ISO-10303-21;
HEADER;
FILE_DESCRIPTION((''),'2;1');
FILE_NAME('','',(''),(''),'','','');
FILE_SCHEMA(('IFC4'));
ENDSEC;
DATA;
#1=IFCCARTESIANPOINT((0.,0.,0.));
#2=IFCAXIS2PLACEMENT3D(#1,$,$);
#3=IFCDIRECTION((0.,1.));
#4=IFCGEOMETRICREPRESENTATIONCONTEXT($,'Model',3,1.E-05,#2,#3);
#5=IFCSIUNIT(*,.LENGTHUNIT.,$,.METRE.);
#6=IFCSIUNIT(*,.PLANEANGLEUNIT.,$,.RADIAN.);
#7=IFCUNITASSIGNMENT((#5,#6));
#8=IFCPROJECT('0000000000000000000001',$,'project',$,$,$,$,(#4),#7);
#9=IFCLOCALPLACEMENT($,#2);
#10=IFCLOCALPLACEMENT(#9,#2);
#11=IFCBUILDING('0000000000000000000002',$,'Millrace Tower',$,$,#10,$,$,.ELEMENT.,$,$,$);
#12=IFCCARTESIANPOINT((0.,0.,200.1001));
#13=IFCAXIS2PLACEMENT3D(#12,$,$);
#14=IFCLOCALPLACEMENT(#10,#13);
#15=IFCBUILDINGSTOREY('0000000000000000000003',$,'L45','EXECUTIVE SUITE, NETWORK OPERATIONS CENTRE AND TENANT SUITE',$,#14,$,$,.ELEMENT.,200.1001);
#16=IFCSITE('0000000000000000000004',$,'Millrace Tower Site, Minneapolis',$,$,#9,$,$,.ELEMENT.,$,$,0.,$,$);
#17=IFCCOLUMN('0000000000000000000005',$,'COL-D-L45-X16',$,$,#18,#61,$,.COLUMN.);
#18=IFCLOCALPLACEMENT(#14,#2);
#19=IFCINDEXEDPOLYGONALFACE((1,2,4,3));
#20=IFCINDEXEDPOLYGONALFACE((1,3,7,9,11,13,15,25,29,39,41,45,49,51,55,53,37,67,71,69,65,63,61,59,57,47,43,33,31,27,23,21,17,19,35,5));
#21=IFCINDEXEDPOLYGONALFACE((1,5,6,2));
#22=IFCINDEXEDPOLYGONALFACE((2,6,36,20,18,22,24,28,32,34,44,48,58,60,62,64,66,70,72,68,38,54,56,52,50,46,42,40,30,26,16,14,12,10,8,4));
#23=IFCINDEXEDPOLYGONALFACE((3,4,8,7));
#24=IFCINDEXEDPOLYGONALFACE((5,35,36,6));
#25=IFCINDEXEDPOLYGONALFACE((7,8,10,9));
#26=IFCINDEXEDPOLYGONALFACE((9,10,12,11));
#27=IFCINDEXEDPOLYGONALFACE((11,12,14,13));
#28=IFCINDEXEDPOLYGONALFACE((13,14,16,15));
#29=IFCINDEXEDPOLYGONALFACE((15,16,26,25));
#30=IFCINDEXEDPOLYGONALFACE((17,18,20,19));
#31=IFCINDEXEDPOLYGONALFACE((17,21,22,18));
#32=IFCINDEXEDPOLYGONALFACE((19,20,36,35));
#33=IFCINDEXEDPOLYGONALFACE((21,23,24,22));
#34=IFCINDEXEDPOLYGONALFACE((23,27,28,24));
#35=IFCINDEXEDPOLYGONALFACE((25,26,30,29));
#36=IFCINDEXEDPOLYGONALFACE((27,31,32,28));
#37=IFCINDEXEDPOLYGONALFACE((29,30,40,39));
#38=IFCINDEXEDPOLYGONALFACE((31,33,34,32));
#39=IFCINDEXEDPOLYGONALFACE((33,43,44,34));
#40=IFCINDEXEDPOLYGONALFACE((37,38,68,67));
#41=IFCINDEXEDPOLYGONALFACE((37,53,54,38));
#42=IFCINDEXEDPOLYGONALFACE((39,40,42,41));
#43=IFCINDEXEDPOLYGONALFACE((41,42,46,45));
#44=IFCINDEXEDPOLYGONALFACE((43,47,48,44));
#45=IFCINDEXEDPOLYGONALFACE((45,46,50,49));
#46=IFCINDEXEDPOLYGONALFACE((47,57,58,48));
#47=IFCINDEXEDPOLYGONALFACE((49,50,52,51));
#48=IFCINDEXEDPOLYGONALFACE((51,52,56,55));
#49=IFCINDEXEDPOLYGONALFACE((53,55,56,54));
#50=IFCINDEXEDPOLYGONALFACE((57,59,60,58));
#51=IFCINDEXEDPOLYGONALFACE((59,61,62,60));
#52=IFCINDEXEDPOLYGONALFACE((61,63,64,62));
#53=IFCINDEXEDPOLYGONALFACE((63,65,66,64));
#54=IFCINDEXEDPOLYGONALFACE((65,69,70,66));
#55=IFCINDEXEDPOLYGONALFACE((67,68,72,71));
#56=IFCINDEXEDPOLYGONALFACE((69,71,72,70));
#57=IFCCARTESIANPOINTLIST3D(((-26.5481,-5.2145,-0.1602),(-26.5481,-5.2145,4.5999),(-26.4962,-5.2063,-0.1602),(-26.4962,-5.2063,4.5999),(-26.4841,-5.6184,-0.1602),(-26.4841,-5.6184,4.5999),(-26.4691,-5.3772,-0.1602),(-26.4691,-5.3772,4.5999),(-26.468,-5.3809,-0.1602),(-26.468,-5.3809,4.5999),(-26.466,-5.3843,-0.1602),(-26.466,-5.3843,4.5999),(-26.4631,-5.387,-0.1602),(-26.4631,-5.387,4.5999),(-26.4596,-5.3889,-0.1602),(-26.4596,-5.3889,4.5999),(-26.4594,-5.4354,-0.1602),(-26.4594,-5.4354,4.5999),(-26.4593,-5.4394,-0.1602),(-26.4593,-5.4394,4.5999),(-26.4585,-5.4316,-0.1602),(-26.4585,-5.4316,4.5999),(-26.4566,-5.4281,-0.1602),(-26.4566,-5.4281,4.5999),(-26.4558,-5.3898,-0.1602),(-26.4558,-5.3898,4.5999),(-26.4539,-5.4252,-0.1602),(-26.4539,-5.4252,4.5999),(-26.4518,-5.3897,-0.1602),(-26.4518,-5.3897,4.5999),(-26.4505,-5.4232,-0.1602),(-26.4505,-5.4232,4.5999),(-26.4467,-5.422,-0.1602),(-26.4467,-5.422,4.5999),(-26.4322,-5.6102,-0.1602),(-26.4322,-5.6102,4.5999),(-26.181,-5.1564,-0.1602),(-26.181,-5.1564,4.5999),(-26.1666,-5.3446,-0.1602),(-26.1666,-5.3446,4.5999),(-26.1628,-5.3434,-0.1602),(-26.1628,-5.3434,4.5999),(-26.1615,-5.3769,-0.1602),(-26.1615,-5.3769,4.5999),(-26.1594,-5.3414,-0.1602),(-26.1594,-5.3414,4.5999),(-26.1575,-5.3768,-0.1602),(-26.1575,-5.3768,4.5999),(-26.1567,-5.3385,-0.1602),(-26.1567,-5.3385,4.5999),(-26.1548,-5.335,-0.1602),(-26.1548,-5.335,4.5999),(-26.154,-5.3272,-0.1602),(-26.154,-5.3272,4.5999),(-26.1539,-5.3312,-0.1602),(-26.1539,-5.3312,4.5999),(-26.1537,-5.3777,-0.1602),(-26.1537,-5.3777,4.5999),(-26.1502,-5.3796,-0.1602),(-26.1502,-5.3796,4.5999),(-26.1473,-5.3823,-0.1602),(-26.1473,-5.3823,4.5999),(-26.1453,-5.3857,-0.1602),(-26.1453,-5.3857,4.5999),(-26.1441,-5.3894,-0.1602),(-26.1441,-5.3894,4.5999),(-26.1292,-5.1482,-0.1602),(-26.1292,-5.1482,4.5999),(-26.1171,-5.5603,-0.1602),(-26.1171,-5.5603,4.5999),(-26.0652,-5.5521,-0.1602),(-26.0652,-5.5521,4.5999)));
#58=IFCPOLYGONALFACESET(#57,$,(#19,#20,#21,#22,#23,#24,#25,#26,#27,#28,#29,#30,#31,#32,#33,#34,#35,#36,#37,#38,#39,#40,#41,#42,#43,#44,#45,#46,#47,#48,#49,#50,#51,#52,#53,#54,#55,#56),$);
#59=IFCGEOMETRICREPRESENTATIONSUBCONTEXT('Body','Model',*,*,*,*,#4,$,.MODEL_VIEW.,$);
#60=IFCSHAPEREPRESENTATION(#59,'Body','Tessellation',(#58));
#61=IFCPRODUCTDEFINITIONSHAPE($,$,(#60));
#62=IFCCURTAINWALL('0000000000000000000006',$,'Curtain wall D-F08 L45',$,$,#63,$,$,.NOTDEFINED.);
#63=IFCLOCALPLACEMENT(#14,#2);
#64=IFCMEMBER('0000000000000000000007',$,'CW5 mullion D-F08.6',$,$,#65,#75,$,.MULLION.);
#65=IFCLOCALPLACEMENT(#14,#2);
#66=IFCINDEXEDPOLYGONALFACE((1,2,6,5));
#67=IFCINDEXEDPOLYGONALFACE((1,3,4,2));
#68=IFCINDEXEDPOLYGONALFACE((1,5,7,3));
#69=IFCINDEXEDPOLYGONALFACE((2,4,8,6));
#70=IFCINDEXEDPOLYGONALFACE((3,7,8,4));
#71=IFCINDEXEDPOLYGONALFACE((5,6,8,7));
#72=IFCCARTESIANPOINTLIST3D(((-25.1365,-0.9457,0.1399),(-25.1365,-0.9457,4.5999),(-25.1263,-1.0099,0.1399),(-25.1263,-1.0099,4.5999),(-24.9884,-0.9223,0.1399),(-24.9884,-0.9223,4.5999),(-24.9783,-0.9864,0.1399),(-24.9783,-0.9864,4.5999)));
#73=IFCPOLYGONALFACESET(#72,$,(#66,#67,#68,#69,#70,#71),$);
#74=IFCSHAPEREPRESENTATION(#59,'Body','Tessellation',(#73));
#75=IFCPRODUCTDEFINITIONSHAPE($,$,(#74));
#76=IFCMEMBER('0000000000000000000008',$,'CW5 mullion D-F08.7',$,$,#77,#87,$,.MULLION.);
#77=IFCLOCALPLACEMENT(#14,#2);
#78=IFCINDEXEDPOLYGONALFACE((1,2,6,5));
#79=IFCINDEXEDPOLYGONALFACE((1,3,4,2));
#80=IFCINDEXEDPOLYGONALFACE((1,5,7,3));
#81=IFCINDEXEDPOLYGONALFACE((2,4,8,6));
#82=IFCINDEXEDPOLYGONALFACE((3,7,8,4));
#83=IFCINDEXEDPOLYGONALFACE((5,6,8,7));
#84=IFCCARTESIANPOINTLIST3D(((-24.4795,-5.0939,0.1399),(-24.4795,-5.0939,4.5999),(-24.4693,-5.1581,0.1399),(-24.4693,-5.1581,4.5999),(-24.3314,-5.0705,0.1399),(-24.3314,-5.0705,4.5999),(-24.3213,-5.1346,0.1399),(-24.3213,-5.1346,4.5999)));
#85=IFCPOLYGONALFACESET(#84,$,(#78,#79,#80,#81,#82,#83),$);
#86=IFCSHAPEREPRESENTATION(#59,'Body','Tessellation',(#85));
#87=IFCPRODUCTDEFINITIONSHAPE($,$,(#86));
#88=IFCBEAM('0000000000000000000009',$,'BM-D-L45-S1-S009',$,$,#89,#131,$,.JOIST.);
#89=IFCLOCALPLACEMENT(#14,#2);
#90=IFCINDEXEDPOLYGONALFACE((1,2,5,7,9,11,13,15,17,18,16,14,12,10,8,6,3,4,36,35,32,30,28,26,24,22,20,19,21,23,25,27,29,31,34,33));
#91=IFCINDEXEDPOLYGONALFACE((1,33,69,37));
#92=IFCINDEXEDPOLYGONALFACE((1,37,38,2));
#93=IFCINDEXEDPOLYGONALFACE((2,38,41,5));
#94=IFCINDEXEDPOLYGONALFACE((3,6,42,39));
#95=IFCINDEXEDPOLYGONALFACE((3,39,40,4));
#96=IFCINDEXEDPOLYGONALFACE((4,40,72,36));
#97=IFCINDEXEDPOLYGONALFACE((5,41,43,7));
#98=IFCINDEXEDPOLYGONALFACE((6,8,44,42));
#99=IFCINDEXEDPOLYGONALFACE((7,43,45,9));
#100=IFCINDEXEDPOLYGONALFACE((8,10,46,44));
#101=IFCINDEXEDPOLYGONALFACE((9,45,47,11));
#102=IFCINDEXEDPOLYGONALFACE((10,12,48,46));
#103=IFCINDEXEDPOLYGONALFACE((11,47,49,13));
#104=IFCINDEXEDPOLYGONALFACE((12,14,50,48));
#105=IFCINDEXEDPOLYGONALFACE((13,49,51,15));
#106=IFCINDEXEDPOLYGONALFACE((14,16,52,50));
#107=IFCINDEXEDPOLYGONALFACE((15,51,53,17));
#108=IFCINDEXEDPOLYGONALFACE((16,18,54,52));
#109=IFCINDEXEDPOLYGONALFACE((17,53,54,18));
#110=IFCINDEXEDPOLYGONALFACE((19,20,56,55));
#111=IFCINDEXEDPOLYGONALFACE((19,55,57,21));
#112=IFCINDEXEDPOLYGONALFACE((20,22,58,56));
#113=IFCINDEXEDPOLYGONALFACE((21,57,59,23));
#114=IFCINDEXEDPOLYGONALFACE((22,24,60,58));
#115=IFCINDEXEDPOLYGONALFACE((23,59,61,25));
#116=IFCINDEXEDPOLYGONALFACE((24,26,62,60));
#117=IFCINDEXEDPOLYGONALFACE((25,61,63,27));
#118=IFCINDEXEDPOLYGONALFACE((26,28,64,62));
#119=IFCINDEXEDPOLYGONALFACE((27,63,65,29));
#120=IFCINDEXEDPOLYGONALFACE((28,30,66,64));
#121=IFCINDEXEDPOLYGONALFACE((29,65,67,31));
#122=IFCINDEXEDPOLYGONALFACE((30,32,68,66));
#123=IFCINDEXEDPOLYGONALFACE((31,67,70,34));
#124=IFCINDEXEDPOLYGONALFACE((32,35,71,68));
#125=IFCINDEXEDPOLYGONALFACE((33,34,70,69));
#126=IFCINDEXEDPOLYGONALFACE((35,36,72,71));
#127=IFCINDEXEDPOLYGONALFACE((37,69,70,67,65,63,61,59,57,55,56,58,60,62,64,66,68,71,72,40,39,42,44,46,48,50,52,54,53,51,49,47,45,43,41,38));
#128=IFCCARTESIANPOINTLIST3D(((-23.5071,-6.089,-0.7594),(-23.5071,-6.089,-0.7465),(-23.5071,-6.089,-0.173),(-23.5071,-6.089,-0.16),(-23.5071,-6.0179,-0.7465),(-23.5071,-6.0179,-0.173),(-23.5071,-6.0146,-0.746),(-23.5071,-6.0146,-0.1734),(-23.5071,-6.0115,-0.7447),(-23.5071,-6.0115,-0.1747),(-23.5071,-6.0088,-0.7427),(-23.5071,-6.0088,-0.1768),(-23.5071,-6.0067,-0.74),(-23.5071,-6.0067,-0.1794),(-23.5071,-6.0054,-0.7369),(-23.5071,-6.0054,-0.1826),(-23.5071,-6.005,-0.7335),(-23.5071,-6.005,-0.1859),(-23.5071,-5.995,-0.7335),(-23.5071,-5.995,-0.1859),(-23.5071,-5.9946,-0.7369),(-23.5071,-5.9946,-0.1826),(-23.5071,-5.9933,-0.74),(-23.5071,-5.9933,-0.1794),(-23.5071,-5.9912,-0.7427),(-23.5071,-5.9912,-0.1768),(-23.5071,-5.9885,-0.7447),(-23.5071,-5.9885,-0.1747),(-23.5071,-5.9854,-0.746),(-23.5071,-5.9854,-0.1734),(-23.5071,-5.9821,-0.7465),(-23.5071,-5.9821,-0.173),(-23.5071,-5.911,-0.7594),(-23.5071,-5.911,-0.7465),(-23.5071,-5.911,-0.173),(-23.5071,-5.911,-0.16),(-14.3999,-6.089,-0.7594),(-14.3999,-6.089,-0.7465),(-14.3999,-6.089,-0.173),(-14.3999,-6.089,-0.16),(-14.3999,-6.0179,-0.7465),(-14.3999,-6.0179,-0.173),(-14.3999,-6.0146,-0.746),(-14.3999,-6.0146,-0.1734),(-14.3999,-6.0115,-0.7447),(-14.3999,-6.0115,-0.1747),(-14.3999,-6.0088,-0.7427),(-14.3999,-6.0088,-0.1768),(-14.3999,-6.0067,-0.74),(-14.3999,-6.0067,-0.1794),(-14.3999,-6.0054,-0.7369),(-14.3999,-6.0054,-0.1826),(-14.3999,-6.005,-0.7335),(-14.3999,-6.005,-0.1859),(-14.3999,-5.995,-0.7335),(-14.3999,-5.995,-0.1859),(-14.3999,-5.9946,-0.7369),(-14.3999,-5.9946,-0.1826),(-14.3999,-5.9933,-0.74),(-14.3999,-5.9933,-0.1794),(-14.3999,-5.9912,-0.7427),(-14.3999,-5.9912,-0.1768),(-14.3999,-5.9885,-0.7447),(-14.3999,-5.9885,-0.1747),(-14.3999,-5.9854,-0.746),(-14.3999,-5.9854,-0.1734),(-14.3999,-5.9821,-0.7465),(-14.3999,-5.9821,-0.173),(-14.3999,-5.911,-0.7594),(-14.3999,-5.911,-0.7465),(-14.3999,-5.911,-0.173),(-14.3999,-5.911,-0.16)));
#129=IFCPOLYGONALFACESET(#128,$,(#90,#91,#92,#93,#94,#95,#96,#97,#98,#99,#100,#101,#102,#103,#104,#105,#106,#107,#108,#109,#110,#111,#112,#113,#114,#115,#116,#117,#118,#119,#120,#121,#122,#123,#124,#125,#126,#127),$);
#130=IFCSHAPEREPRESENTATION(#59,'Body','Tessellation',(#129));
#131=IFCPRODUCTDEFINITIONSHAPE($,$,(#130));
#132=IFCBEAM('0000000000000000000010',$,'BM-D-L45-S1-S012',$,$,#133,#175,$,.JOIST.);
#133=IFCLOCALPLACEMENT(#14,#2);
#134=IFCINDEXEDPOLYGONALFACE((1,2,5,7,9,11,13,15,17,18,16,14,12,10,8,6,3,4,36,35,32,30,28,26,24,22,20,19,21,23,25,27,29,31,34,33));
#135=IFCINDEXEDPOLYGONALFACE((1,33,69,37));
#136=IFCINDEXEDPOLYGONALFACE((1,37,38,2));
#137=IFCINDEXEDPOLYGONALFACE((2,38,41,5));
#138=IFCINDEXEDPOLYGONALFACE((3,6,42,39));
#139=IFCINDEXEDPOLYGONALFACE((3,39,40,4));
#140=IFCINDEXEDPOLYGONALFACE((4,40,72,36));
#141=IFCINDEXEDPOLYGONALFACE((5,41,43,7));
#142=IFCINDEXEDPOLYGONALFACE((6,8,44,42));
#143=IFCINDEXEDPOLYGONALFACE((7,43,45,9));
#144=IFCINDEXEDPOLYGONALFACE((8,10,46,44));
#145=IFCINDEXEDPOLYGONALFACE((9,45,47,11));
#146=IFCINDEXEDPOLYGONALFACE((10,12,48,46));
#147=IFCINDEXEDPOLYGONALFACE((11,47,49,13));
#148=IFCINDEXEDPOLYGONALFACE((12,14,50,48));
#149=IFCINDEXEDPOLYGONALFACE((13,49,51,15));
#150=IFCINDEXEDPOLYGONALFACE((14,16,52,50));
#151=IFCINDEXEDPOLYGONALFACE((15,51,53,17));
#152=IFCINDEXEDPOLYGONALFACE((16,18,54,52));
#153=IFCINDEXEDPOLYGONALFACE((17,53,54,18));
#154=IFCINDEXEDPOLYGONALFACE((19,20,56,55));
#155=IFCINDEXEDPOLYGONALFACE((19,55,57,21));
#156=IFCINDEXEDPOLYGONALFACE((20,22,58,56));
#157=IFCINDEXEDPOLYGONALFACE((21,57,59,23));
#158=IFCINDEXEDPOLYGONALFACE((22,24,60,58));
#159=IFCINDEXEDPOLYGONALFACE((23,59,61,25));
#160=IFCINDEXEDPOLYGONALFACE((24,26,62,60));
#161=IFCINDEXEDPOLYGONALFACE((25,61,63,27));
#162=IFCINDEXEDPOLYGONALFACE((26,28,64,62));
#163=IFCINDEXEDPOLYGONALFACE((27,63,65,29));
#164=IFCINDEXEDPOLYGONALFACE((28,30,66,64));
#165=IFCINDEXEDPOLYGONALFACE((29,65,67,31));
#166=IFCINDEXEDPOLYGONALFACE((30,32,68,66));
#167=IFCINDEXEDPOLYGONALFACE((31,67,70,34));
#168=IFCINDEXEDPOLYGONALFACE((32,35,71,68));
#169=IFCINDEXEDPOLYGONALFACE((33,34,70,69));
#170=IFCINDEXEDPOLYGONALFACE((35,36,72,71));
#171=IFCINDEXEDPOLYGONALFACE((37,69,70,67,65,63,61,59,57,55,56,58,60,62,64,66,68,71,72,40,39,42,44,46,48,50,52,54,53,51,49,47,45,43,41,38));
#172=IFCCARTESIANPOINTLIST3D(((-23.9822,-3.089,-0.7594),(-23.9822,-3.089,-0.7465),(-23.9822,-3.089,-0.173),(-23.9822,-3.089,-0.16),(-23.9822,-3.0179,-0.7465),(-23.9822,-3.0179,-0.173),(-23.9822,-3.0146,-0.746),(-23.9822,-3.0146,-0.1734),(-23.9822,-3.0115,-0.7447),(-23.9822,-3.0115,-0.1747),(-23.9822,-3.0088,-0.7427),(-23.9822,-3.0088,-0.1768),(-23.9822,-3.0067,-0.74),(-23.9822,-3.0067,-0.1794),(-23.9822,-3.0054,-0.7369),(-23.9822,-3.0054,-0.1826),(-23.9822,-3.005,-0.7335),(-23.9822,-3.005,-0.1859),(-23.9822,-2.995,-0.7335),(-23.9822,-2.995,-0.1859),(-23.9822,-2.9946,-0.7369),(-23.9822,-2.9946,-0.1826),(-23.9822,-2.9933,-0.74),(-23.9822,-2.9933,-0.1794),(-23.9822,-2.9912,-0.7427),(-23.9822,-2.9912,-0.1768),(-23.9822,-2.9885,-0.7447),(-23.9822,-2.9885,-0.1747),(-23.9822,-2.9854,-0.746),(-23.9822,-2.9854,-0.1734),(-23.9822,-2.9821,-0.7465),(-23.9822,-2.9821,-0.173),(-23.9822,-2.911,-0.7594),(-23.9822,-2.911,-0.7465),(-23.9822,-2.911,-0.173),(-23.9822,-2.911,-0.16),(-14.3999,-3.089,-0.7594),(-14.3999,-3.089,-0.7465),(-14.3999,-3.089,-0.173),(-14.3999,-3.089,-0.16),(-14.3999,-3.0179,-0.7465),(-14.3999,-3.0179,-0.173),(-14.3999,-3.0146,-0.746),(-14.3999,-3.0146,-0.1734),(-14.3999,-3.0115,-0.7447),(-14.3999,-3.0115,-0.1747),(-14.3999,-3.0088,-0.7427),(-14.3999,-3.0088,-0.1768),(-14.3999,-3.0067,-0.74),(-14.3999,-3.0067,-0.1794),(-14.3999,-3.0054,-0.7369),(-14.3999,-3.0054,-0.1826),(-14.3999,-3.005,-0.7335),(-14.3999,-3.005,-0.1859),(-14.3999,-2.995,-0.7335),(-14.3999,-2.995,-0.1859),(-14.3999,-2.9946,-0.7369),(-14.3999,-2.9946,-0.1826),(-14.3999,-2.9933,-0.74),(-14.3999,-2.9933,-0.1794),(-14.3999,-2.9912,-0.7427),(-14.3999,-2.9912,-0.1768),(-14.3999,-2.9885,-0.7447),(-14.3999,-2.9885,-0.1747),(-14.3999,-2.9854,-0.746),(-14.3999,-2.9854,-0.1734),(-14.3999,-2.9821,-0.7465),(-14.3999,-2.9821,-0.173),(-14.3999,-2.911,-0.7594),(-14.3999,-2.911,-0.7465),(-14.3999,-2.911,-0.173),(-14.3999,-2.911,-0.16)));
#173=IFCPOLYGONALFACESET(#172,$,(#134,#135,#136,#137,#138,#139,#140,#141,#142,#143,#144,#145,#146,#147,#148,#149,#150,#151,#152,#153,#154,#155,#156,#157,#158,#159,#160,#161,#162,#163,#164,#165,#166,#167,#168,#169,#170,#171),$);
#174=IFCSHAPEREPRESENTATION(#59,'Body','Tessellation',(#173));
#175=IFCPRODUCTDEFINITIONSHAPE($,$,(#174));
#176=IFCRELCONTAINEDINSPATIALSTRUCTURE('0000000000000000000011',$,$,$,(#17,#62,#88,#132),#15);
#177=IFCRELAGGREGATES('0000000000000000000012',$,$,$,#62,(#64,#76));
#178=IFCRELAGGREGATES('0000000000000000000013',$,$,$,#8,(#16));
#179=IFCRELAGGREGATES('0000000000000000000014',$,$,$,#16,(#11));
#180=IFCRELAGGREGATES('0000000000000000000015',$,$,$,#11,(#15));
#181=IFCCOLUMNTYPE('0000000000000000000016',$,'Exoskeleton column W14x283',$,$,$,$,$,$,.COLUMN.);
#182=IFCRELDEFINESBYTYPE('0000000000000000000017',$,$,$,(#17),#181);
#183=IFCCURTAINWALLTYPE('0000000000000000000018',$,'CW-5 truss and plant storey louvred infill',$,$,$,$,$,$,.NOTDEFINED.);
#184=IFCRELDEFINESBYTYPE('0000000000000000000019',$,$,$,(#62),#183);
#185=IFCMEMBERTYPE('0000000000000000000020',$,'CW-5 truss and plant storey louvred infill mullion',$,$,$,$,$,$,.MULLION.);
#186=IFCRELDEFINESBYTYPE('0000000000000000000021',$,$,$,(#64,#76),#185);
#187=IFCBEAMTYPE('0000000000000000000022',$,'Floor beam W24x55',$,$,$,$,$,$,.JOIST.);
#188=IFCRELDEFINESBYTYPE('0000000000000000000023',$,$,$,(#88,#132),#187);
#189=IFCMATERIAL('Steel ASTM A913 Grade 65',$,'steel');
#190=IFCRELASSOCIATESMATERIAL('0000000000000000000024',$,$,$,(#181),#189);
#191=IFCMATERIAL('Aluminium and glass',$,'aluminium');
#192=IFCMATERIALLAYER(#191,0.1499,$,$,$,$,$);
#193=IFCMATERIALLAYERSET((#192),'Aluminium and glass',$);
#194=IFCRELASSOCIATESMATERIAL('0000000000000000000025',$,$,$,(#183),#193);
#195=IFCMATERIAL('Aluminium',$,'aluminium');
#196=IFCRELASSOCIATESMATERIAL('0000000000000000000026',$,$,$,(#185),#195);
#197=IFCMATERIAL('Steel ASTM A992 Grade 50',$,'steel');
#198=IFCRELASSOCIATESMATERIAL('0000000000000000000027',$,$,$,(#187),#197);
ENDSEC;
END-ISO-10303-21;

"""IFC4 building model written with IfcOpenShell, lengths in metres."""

from ifc_helpers import new_model, si_unit, direction, frame, origin, origin_2d, place, context, subcontext, project, spatial, rectangle, i_section, extrude, material, layer, layer_set, material_profile, profile_set, type_object, element, aggregate, save


model = new_model("IFC4")

# Units and contexts
model_context = context("Model", 3, precision=1e-05, world=origin(), true_north=direction((0.0, 1.0)))
body_context = subcontext(model_context, "Body", "Model", "MODEL_VIEW")
ifc_project = project(units=[si_unit("LENGTHUNIT", "METRE"), si_unit("PLANEANGLEUNIT", "RADIAN")], contexts=[model_context])

# Site, building, storey
site_placement = place(None, origin())
site = spatial("IfcSite", under=ifc_project, at=site_placement, Name="Millrace Tower Site, Minneapolis", CompositionType="ELEMENT", RefElevation=0.0)
building_placement = place(site_placement, origin())
building = spatial("IfcBuilding", under=site, at=building_placement, Name="Millrace Tower", CompositionType="ELEMENT")
storey_placement = place(building_placement, frame((0.0, 0.0, 200.1001)))
storey = spatial("IfcBuildingStorey", under=building, at=storey_placement, Name="L45", Description="EXECUTIVE SUITE, NETWORK OPERATIONS CENTRE AND TENANT SUITE", CompositionType="ELEMENT", Elevation=200.1001)

# Column
ifc_material_1 = material(Name="Steel ASTM A913 Grade 65", Category="steel")
ifc_material_profile_1 = material_profile(ifc_material_1, i_section(OverallWidth=0.4089, OverallDepth=0.4241, WebThickness=0.0327, FlangeThickness=0.0525, FilletRadius=0.0151, at=origin_2d()))
ifc_profile_set_1 = profile_set([ifc_material_profile_1], Name="Steel ASTM A913 Grade 65")
column_type = type_object("IfcColumnType", Name="Exoskeleton column W14x283", PredefinedType="COLUMN", material=ifc_profile_set_1)
column_placement = place(storey_placement, frame((-26.3066, -5.3833, -0.1602), z_axis=(0.0, 0.0, 1.0), x_axis=(0.156434, -0.987688, 0.0)))
element("IfcColumn", 1, at=column_placement, inside=storey, type_object=column_type, Name="COL-D-L45-X16", PredefinedType="COLUMN", context=body_context, shape_type="SweptSolid", body=[
    extrude(i_section(OverallWidth=0.4089, OverallDepth=0.4241, WebThickness=0.0327, FlangeThickness=0.0525, FilletRadius=0.0151, at=origin_2d()), origin(), (0.0, 0.0, 1.0), 4.76),
])

# Curtain wall, members
ifc_material_2 = material(Name="Aluminium and glass", Category="aluminium")
ifc_layer_1 = layer(ifc_material_2, 0.1499)
ifc_layer_set_1 = layer_set([ifc_layer_1], Name="Aluminium and glass")
curtain_wall_type = type_object("IfcCurtainWallType", Name="CW-5 truss and plant storey louvred infill", PredefinedType="NOTDEFINED", material=ifc_layer_set_1)
curtain_wall_placement = place(storey_placement, origin())
curtain_wall = element("IfcCurtainWall", 2, at=curtain_wall_placement, inside=storey, type_object=curtain_wall_type, Name="Curtain wall D-F08 L45", PredefinedType="NOTDEFINED")
ifc_material_3 = material(Name="Aluminium", Category="aluminium")
ifc_material_profile_2 = material_profile(ifc_material_3, rectangle(XDim=0.0649, YDim=0.1499, at=origin_2d()))
ifc_profile_set_2 = profile_set([ifc_material_profile_2], Name="Aluminium")
member_type_1 = type_object("IfcMemberType", Name="CW-5 truss and plant storey louvred infill mullion", PredefinedType="MULLION", material=ifc_profile_set_2)
member_1_placement = place(storey_placement, frame((-25.0574, -0.9661, 0.1399), z_axis=(0.0, 0.0, 1.0), x_axis=(0.156434, -0.987688, 0.0)))
member_1 = element("IfcMember", 3, at=member_1_placement, type_object=member_type_1, Name="CW5 mullion D-F08.6", PredefinedType="MULLION", context=body_context, shape_type="SweptSolid", body=[
    extrude(rectangle(XDim=0.0649, YDim=0.1499, at=origin_2d()), origin(), (0.0, 0.0, 1.0), 4.46),
])
member_2_placement = place(storey_placement, frame((-24.4004, -5.1143, 0.1399), z_axis=(0.0, 0.0, 1.0), x_axis=(0.156434, -0.987688, 0.0)))
member_2 = element("IfcMember", 4, at=member_2_placement, type_object=member_type_1, Name="CW5 mullion D-F08.7", PredefinedType="MULLION", context=body_context, shape_type="SweptSolid", body=[
    extrude(rectangle(XDim=0.0649, YDim=0.1499, at=origin_2d()), origin(), (0.0, 0.0, 1.0), 4.46),
])
aggregate(curtain_wall, [member_1, member_2])

# Beams
ifc_material_4 = material(Name="Steel ASTM A992 Grade 50", Category="steel")
ifc_material_profile_3 = material_profile(ifc_material_4, i_section(OverallWidth=0.178, OverallDepth=0.5994, WebThickness=0.01, FlangeThickness=0.0129, FilletRadius=0.0129, at=origin_2d()))
ifc_profile_set_3 = profile_set([ifc_material_profile_3], Name="Steel ASTM A992 Grade 50")
beam_type_1 = type_object("IfcBeamType", Name="Floor beam W24x55", PredefinedType="JOIST", material=ifc_profile_set_3)
beam_1_placement = place(storey_placement, frame((-23.5071, -6.0, -0.4597), z_axis=(1.0, 0.0, 0.0), x_axis=(0.0, 1.0, 0.0)))
element("IfcBeam", 5, at=beam_1_placement, inside=storey, type_object=beam_type_1, Name="BM-D-L45-S1-S009", PredefinedType="JOIST", context=body_context, shape_type="SweptSolid", body=[
    extrude(i_section(OverallWidth=0.178, OverallDepth=0.5994, WebThickness=0.01, FlangeThickness=0.0129, FilletRadius=0.0129, at=origin_2d()), origin(), (0.0, 0.0, 1.0), 9.1072),
])
beam_2_placement = place(storey_placement, frame((-23.9822, -3.0, -0.4597), z_axis=(1.0, 0.0, 0.0), x_axis=(0.0, 1.0, 0.0)))
element("IfcBeam", 6, at=beam_2_placement, inside=storey, type_object=beam_type_1, Name="BM-D-L45-S1-S012", PredefinedType="JOIST", context=body_context, shape_type="SweptSolid", body=[
    extrude(i_section(OverallWidth=0.178, OverallDepth=0.5994, WebThickness=0.01, FlangeThickness=0.0129, FilletRadius=0.0129, at=origin_2d()), origin(), (0.0, 0.0, 1.0), 9.5823),
])

save(model, "model.ifc")
